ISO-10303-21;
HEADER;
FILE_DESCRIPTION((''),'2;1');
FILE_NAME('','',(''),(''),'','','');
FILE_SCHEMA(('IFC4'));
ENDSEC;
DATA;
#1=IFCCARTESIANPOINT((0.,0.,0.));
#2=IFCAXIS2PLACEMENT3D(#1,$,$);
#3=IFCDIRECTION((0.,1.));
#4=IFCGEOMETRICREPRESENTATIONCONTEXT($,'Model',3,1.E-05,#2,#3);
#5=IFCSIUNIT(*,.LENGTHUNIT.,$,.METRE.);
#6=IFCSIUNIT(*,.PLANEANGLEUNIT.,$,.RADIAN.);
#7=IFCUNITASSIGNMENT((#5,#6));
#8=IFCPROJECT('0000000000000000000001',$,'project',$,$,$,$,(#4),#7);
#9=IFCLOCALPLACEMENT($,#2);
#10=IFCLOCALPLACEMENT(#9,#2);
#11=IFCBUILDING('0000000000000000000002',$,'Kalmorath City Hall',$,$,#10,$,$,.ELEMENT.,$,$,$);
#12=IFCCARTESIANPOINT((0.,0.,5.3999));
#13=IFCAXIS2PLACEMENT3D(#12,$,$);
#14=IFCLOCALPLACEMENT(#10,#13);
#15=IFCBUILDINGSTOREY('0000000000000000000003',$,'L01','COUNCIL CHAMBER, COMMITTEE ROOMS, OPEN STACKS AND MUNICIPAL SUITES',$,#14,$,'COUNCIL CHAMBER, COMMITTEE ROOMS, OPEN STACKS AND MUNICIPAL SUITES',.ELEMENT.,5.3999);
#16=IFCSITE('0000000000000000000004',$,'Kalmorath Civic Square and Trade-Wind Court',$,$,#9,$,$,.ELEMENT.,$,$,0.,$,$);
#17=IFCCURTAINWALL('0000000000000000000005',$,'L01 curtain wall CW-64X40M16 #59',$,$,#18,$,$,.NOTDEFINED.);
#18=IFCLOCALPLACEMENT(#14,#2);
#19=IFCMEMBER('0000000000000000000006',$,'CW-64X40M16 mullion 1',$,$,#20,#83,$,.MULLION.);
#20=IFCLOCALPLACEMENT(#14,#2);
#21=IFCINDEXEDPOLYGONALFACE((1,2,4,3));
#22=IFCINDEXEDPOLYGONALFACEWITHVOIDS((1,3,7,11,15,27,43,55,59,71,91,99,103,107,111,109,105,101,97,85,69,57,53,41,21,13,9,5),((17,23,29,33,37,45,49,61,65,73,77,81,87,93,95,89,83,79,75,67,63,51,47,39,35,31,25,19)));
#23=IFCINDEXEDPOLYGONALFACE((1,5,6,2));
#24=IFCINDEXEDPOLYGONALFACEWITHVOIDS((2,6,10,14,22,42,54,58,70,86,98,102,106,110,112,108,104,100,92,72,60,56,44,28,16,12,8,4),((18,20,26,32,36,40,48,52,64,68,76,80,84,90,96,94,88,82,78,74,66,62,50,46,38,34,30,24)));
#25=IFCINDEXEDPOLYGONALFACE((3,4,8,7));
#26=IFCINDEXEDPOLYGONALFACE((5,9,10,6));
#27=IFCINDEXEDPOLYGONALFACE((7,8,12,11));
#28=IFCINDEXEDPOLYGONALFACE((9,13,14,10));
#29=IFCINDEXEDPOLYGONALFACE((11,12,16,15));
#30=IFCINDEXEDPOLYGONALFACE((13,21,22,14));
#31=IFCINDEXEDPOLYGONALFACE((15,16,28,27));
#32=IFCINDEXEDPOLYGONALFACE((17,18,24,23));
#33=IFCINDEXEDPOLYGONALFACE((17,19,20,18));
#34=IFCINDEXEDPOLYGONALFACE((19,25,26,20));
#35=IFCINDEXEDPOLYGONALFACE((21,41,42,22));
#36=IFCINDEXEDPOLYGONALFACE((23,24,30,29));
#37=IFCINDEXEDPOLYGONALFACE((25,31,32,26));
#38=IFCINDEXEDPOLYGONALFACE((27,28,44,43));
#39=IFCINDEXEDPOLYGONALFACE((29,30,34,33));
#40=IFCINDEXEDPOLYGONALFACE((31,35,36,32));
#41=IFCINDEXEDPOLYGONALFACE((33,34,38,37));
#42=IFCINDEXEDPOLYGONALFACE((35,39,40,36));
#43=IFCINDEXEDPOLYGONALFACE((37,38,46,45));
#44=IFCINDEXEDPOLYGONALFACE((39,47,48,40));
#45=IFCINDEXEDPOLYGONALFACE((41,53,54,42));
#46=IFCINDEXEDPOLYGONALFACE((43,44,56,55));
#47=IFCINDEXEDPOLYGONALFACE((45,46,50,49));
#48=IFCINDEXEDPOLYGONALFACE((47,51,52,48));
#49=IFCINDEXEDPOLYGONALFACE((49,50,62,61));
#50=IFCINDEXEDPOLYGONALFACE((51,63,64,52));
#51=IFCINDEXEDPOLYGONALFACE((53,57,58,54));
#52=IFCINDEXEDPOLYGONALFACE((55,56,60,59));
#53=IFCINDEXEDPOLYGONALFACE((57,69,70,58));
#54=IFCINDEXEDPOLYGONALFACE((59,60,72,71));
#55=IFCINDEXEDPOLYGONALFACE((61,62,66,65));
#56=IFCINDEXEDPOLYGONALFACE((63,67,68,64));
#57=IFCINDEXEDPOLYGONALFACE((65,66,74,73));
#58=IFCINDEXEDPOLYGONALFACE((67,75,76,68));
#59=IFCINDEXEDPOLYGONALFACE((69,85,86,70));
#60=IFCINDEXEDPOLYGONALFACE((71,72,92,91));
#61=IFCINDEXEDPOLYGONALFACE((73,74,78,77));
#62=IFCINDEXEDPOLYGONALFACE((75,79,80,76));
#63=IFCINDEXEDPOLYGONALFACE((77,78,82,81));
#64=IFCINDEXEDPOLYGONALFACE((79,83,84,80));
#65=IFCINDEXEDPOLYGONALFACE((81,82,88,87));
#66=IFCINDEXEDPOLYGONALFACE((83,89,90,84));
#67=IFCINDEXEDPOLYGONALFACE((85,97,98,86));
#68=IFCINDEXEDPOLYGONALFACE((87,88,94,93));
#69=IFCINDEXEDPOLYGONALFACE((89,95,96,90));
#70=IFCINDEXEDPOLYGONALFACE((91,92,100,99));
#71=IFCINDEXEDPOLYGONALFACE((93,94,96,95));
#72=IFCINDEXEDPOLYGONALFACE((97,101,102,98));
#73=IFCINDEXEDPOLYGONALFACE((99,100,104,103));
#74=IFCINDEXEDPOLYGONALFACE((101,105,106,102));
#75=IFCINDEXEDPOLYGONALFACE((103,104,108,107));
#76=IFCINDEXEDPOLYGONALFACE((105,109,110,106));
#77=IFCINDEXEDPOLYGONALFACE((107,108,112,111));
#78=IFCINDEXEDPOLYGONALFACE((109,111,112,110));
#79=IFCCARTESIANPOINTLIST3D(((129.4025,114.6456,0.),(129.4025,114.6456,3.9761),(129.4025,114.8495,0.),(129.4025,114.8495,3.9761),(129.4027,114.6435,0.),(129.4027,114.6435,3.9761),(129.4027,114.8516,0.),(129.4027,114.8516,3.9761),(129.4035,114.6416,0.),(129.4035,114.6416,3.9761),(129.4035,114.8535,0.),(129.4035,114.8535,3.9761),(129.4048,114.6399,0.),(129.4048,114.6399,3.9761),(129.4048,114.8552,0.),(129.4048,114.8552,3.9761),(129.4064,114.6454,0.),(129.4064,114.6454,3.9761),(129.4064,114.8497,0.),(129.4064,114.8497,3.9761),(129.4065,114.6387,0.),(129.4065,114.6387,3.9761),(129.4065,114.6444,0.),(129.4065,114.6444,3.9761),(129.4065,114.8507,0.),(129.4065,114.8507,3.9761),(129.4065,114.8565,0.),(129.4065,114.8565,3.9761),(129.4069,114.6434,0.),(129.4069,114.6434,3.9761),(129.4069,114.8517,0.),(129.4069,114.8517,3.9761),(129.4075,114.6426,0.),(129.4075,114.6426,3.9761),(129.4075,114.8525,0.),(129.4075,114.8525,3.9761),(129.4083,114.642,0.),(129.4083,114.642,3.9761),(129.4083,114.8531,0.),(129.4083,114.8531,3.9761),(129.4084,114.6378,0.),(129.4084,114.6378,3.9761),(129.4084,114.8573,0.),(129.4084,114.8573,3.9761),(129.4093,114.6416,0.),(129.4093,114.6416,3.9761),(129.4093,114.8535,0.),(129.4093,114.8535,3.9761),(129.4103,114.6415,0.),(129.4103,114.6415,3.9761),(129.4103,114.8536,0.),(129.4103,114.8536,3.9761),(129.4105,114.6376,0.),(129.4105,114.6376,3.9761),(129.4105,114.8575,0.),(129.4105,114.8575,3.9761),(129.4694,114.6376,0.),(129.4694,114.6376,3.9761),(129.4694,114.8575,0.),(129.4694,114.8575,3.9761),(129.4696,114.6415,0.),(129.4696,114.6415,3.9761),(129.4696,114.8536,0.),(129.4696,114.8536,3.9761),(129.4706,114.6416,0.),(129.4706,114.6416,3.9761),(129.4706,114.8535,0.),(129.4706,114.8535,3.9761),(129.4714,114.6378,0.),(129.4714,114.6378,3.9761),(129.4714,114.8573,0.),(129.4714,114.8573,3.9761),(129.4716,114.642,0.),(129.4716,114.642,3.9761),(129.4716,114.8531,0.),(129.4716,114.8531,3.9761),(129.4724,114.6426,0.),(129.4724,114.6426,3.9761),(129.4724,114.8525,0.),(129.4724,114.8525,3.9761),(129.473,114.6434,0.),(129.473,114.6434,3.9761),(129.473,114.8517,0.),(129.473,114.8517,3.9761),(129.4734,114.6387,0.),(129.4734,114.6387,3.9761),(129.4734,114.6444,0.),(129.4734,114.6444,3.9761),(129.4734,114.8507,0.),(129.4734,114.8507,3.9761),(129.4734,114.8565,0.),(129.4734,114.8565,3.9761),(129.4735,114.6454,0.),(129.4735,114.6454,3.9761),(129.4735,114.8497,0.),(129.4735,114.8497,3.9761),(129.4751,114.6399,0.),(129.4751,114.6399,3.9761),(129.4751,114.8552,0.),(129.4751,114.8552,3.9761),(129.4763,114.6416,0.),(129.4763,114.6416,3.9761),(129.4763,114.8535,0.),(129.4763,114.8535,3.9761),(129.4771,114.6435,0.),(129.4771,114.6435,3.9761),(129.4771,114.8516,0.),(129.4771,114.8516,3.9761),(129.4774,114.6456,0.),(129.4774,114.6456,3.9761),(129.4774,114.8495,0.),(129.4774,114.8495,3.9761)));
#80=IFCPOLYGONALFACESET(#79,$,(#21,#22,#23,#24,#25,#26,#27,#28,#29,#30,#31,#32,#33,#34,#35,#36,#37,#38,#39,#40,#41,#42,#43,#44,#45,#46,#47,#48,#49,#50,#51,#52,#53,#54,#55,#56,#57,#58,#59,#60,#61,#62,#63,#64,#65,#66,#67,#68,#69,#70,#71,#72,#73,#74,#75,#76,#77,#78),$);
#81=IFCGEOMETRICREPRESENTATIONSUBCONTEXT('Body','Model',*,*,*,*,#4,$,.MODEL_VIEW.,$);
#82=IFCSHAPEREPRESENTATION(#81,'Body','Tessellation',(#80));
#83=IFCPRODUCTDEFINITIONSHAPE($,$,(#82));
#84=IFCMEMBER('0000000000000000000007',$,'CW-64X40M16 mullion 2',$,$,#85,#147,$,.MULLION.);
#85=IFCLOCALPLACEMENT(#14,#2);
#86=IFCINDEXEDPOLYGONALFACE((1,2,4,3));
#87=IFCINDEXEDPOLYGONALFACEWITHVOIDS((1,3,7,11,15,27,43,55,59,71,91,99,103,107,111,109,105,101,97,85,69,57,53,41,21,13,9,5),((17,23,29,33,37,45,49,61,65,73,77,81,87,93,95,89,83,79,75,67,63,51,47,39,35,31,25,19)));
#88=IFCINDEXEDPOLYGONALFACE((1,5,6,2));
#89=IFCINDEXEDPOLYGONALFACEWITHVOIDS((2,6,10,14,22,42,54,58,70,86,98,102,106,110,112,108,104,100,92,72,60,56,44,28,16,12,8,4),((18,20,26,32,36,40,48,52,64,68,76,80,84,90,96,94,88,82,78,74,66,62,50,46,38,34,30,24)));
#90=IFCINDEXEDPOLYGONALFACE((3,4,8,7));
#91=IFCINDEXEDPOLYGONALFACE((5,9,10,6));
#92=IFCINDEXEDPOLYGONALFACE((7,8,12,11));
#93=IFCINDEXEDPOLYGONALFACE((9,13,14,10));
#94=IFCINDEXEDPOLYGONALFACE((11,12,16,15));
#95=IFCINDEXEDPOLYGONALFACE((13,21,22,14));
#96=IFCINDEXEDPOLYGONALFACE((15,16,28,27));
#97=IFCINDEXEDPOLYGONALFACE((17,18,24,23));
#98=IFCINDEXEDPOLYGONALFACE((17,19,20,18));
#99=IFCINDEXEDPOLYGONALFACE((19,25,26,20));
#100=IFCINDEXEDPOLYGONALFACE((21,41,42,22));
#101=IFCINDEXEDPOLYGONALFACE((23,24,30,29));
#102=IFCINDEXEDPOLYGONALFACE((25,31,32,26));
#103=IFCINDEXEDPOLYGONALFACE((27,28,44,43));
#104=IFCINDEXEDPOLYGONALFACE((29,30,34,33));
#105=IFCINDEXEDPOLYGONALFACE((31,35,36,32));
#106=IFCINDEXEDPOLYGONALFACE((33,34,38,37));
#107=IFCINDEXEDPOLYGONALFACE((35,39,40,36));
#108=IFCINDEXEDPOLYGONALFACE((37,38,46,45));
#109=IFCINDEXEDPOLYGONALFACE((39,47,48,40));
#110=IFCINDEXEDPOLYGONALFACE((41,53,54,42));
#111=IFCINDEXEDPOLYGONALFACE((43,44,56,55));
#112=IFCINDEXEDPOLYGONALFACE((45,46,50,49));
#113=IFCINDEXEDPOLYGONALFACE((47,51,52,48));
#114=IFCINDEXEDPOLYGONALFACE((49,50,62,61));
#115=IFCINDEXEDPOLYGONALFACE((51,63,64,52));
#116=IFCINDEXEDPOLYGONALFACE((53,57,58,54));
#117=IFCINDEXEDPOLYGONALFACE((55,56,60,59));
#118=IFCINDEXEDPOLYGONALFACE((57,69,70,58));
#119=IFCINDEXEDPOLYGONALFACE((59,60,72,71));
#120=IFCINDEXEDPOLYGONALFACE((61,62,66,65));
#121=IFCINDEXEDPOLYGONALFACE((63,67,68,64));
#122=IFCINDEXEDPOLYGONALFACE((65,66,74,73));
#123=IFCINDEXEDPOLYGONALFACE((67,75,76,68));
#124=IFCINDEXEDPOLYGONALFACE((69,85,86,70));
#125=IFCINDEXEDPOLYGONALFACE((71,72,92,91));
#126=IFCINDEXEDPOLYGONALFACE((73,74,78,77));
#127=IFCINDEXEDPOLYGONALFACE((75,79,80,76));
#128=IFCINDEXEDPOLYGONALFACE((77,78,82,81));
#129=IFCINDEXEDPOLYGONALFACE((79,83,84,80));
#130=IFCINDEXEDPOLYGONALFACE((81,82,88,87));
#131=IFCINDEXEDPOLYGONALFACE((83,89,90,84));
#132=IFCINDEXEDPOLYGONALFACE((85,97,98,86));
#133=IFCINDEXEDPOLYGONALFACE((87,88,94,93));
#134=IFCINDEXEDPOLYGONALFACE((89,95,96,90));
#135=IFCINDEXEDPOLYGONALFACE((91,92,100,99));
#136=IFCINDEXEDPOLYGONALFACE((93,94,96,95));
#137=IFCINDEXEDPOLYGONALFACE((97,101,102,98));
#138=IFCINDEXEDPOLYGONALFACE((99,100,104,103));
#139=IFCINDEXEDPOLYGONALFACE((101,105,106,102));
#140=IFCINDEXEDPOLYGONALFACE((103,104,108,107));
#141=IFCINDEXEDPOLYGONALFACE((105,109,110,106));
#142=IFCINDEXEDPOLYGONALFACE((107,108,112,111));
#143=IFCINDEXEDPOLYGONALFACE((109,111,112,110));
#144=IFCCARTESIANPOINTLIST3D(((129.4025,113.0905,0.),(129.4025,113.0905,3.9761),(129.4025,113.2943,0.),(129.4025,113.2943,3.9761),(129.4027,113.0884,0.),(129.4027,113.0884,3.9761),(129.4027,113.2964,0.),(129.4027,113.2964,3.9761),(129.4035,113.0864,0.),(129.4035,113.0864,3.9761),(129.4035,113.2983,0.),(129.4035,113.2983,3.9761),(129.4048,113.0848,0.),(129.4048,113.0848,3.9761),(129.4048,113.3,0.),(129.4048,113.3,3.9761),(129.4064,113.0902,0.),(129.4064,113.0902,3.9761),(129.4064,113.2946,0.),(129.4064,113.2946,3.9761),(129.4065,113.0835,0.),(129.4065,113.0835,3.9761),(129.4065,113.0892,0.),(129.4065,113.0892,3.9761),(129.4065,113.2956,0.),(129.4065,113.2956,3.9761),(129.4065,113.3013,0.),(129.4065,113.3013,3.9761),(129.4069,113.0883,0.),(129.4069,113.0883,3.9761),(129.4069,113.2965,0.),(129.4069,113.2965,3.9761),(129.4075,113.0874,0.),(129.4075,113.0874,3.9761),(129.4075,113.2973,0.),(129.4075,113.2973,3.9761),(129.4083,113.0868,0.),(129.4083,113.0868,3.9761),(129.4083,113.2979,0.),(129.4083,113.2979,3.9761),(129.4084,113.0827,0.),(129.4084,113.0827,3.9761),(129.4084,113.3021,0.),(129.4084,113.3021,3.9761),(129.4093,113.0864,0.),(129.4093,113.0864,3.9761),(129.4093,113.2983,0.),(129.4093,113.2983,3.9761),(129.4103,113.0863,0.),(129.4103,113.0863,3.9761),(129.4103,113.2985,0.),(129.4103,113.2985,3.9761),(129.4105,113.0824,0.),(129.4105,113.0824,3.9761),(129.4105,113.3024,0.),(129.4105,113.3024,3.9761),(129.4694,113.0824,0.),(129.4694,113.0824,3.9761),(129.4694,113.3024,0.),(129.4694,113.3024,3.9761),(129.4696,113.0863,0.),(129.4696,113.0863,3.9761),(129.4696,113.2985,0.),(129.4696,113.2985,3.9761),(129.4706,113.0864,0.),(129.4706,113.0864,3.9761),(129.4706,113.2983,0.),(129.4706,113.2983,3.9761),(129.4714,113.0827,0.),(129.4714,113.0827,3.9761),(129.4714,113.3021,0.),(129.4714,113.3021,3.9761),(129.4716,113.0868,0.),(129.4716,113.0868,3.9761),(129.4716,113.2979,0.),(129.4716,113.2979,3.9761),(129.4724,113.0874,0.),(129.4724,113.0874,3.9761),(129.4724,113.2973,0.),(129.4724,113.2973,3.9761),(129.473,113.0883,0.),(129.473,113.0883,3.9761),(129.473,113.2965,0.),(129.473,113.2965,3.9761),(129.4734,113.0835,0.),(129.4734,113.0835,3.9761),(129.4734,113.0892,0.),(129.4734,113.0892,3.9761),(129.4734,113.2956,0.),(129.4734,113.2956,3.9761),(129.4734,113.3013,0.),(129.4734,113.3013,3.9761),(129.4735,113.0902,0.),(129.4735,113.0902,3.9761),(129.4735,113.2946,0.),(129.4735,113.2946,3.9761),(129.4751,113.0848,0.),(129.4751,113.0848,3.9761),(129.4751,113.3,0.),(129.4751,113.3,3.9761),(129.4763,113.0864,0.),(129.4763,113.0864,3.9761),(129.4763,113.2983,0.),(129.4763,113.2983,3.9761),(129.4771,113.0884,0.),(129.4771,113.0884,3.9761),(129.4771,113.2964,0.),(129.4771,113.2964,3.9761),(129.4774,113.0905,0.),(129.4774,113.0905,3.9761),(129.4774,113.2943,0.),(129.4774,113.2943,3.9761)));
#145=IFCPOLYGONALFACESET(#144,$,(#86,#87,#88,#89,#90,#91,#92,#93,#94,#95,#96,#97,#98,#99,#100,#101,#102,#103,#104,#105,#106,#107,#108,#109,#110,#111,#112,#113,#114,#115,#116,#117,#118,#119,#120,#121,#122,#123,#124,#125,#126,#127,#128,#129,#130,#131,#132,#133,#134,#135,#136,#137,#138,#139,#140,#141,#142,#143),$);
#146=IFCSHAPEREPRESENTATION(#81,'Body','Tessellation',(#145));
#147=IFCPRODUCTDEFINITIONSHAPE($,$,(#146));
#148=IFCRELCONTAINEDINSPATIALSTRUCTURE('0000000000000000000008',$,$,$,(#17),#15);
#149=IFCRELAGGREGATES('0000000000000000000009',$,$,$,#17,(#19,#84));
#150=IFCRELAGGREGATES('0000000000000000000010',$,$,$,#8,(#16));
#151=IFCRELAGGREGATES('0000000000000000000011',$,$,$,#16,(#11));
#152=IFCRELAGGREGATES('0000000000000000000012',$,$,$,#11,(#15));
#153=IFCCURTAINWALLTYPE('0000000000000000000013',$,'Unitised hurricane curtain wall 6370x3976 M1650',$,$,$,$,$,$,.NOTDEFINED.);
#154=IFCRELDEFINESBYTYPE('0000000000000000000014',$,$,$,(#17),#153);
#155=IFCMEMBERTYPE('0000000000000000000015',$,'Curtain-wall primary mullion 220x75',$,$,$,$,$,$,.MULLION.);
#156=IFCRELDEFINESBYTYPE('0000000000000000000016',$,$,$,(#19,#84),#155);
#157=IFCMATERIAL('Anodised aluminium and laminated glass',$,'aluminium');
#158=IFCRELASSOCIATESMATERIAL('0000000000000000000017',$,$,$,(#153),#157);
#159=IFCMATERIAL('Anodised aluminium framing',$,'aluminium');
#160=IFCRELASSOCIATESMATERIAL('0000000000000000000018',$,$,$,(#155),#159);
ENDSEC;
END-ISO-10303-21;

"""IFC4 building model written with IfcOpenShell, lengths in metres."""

from ifc_helpers import new_model, si_unit, direction, frame, origin, origin_2d, place, context, subcontext, project, spatial, hollow_rectangle, extrude, material, material_profile, profile_set, type_object, element, aggregate, save


model = new_model("IFC4")

# Units and contexts
model_context = context("Model", 3, precision=1e-05, world=origin(), true_north=direction((0.0, 1.0)))
body_context = subcontext(model_context, "Body", "Model", "MODEL_VIEW")
ifc_project = project(units=[si_unit("LENGTHUNIT", "METRE"), si_unit("PLANEANGLEUNIT", "RADIAN")], contexts=[model_context])

# Site, building, storey
site_placement = place(None, origin())
site = spatial("IfcSite", under=ifc_project, at=site_placement, Name="Kalmorath Civic Square and Trade-Wind Court", CompositionType="ELEMENT", RefElevation=0.0)
building_placement = place(site_placement, origin())
building = spatial("IfcBuilding", under=site, at=building_placement, Name="Kalmorath City Hall", CompositionType="ELEMENT")
storey_placement = place(building_placement, frame((0.0, 0.0, 5.3999)))
storey = spatial("IfcBuildingStorey", under=building, at=storey_placement, Name="L01", Description="COUNCIL CHAMBER, COMMITTEE ROOMS, OPEN STACKS AND MUNICIPAL SUITES", LongName="COUNCIL CHAMBER, COMMITTEE ROOMS, OPEN STACKS AND MUNICIPAL SUITES", CompositionType="ELEMENT", Elevation=5.3999)

# Curtain wall, members
ifc_material_1 = material(Name="Anodised aluminium and laminated glass", Category="aluminium")
curtain_wall_type = type_object("IfcCurtainWallType", Name="Unitised hurricane curtain wall 6370x3976 M1650", PredefinedType="NOTDEFINED", material=ifc_material_1)
curtain_wall_placement = place(storey_placement, origin())
curtain_wall = element("IfcCurtainWall", 1, at=curtain_wall_placement, inside=storey, type_object=curtain_wall_type, Name="L01 curtain wall CW-64X40M16 #59", PredefinedType="NOTDEFINED")
ifc_material_2 = material(Name="Anodised aluminium framing", Category="aluminium")
ifc_material_profile_1 = material_profile(ifc_material_2, hollow_rectangle(XDim=0.075, YDim=0.22, WallThickness=0.0039, InnerFilletRadius=0.0039, OuterFilletRadius=0.0081, at=origin_2d()), Name="ALU-MUL-220X75X4")
ifc_profile_set_1 = profile_set([ifc_material_profile_1], Name="Anodised aluminium framing")
member_type_1 = type_object("IfcMemberType", Name="Curtain-wall primary mullion 220x75", PredefinedType="MULLION", material=ifc_profile_set_1)
member_1_placement = place(storey_placement, frame((129.4399, 114.7476, 0.0), z_axis=(0.0, 0.0, 1.0), x_axis=(1.0, 0.0, 0.0)))
member_1 = element("IfcMember", 2, at=member_1_placement, type_object=member_type_1, Name="CW-64X40M16 mullion 1", PredefinedType="MULLION", context=body_context, shape_type="SweptSolid", body=[
    extrude(hollow_rectangle(XDim=0.075, YDim=0.22, WallThickness=0.0039, InnerFilletRadius=0.0039, OuterFilletRadius=0.0081, at=origin_2d()), origin(), (0.0, 0.0, 1.0), 3.9761),
])
member_2_placement = place(storey_placement, frame((129.4399, 113.1924, 0.0), z_axis=(0.0, 0.0, 1.0), x_axis=(1.0, 0.0, 0.0)))
member_2 = element("IfcMember", 3, at=member_2_placement, type_object=member_type_1, Name="CW-64X40M16 mullion 2", PredefinedType="MULLION", context=body_context, shape_type="SweptSolid", body=[
    extrude(hollow_rectangle(XDim=0.075, YDim=0.22, WallThickness=0.0039, InnerFilletRadius=0.0039, OuterFilletRadius=0.0081, at=origin_2d()), origin(), (0.0, 0.0, 1.0), 3.9761),
])

aggregate(curtain_wall, [member_1, member_2])

save(model, "model.ifc")
